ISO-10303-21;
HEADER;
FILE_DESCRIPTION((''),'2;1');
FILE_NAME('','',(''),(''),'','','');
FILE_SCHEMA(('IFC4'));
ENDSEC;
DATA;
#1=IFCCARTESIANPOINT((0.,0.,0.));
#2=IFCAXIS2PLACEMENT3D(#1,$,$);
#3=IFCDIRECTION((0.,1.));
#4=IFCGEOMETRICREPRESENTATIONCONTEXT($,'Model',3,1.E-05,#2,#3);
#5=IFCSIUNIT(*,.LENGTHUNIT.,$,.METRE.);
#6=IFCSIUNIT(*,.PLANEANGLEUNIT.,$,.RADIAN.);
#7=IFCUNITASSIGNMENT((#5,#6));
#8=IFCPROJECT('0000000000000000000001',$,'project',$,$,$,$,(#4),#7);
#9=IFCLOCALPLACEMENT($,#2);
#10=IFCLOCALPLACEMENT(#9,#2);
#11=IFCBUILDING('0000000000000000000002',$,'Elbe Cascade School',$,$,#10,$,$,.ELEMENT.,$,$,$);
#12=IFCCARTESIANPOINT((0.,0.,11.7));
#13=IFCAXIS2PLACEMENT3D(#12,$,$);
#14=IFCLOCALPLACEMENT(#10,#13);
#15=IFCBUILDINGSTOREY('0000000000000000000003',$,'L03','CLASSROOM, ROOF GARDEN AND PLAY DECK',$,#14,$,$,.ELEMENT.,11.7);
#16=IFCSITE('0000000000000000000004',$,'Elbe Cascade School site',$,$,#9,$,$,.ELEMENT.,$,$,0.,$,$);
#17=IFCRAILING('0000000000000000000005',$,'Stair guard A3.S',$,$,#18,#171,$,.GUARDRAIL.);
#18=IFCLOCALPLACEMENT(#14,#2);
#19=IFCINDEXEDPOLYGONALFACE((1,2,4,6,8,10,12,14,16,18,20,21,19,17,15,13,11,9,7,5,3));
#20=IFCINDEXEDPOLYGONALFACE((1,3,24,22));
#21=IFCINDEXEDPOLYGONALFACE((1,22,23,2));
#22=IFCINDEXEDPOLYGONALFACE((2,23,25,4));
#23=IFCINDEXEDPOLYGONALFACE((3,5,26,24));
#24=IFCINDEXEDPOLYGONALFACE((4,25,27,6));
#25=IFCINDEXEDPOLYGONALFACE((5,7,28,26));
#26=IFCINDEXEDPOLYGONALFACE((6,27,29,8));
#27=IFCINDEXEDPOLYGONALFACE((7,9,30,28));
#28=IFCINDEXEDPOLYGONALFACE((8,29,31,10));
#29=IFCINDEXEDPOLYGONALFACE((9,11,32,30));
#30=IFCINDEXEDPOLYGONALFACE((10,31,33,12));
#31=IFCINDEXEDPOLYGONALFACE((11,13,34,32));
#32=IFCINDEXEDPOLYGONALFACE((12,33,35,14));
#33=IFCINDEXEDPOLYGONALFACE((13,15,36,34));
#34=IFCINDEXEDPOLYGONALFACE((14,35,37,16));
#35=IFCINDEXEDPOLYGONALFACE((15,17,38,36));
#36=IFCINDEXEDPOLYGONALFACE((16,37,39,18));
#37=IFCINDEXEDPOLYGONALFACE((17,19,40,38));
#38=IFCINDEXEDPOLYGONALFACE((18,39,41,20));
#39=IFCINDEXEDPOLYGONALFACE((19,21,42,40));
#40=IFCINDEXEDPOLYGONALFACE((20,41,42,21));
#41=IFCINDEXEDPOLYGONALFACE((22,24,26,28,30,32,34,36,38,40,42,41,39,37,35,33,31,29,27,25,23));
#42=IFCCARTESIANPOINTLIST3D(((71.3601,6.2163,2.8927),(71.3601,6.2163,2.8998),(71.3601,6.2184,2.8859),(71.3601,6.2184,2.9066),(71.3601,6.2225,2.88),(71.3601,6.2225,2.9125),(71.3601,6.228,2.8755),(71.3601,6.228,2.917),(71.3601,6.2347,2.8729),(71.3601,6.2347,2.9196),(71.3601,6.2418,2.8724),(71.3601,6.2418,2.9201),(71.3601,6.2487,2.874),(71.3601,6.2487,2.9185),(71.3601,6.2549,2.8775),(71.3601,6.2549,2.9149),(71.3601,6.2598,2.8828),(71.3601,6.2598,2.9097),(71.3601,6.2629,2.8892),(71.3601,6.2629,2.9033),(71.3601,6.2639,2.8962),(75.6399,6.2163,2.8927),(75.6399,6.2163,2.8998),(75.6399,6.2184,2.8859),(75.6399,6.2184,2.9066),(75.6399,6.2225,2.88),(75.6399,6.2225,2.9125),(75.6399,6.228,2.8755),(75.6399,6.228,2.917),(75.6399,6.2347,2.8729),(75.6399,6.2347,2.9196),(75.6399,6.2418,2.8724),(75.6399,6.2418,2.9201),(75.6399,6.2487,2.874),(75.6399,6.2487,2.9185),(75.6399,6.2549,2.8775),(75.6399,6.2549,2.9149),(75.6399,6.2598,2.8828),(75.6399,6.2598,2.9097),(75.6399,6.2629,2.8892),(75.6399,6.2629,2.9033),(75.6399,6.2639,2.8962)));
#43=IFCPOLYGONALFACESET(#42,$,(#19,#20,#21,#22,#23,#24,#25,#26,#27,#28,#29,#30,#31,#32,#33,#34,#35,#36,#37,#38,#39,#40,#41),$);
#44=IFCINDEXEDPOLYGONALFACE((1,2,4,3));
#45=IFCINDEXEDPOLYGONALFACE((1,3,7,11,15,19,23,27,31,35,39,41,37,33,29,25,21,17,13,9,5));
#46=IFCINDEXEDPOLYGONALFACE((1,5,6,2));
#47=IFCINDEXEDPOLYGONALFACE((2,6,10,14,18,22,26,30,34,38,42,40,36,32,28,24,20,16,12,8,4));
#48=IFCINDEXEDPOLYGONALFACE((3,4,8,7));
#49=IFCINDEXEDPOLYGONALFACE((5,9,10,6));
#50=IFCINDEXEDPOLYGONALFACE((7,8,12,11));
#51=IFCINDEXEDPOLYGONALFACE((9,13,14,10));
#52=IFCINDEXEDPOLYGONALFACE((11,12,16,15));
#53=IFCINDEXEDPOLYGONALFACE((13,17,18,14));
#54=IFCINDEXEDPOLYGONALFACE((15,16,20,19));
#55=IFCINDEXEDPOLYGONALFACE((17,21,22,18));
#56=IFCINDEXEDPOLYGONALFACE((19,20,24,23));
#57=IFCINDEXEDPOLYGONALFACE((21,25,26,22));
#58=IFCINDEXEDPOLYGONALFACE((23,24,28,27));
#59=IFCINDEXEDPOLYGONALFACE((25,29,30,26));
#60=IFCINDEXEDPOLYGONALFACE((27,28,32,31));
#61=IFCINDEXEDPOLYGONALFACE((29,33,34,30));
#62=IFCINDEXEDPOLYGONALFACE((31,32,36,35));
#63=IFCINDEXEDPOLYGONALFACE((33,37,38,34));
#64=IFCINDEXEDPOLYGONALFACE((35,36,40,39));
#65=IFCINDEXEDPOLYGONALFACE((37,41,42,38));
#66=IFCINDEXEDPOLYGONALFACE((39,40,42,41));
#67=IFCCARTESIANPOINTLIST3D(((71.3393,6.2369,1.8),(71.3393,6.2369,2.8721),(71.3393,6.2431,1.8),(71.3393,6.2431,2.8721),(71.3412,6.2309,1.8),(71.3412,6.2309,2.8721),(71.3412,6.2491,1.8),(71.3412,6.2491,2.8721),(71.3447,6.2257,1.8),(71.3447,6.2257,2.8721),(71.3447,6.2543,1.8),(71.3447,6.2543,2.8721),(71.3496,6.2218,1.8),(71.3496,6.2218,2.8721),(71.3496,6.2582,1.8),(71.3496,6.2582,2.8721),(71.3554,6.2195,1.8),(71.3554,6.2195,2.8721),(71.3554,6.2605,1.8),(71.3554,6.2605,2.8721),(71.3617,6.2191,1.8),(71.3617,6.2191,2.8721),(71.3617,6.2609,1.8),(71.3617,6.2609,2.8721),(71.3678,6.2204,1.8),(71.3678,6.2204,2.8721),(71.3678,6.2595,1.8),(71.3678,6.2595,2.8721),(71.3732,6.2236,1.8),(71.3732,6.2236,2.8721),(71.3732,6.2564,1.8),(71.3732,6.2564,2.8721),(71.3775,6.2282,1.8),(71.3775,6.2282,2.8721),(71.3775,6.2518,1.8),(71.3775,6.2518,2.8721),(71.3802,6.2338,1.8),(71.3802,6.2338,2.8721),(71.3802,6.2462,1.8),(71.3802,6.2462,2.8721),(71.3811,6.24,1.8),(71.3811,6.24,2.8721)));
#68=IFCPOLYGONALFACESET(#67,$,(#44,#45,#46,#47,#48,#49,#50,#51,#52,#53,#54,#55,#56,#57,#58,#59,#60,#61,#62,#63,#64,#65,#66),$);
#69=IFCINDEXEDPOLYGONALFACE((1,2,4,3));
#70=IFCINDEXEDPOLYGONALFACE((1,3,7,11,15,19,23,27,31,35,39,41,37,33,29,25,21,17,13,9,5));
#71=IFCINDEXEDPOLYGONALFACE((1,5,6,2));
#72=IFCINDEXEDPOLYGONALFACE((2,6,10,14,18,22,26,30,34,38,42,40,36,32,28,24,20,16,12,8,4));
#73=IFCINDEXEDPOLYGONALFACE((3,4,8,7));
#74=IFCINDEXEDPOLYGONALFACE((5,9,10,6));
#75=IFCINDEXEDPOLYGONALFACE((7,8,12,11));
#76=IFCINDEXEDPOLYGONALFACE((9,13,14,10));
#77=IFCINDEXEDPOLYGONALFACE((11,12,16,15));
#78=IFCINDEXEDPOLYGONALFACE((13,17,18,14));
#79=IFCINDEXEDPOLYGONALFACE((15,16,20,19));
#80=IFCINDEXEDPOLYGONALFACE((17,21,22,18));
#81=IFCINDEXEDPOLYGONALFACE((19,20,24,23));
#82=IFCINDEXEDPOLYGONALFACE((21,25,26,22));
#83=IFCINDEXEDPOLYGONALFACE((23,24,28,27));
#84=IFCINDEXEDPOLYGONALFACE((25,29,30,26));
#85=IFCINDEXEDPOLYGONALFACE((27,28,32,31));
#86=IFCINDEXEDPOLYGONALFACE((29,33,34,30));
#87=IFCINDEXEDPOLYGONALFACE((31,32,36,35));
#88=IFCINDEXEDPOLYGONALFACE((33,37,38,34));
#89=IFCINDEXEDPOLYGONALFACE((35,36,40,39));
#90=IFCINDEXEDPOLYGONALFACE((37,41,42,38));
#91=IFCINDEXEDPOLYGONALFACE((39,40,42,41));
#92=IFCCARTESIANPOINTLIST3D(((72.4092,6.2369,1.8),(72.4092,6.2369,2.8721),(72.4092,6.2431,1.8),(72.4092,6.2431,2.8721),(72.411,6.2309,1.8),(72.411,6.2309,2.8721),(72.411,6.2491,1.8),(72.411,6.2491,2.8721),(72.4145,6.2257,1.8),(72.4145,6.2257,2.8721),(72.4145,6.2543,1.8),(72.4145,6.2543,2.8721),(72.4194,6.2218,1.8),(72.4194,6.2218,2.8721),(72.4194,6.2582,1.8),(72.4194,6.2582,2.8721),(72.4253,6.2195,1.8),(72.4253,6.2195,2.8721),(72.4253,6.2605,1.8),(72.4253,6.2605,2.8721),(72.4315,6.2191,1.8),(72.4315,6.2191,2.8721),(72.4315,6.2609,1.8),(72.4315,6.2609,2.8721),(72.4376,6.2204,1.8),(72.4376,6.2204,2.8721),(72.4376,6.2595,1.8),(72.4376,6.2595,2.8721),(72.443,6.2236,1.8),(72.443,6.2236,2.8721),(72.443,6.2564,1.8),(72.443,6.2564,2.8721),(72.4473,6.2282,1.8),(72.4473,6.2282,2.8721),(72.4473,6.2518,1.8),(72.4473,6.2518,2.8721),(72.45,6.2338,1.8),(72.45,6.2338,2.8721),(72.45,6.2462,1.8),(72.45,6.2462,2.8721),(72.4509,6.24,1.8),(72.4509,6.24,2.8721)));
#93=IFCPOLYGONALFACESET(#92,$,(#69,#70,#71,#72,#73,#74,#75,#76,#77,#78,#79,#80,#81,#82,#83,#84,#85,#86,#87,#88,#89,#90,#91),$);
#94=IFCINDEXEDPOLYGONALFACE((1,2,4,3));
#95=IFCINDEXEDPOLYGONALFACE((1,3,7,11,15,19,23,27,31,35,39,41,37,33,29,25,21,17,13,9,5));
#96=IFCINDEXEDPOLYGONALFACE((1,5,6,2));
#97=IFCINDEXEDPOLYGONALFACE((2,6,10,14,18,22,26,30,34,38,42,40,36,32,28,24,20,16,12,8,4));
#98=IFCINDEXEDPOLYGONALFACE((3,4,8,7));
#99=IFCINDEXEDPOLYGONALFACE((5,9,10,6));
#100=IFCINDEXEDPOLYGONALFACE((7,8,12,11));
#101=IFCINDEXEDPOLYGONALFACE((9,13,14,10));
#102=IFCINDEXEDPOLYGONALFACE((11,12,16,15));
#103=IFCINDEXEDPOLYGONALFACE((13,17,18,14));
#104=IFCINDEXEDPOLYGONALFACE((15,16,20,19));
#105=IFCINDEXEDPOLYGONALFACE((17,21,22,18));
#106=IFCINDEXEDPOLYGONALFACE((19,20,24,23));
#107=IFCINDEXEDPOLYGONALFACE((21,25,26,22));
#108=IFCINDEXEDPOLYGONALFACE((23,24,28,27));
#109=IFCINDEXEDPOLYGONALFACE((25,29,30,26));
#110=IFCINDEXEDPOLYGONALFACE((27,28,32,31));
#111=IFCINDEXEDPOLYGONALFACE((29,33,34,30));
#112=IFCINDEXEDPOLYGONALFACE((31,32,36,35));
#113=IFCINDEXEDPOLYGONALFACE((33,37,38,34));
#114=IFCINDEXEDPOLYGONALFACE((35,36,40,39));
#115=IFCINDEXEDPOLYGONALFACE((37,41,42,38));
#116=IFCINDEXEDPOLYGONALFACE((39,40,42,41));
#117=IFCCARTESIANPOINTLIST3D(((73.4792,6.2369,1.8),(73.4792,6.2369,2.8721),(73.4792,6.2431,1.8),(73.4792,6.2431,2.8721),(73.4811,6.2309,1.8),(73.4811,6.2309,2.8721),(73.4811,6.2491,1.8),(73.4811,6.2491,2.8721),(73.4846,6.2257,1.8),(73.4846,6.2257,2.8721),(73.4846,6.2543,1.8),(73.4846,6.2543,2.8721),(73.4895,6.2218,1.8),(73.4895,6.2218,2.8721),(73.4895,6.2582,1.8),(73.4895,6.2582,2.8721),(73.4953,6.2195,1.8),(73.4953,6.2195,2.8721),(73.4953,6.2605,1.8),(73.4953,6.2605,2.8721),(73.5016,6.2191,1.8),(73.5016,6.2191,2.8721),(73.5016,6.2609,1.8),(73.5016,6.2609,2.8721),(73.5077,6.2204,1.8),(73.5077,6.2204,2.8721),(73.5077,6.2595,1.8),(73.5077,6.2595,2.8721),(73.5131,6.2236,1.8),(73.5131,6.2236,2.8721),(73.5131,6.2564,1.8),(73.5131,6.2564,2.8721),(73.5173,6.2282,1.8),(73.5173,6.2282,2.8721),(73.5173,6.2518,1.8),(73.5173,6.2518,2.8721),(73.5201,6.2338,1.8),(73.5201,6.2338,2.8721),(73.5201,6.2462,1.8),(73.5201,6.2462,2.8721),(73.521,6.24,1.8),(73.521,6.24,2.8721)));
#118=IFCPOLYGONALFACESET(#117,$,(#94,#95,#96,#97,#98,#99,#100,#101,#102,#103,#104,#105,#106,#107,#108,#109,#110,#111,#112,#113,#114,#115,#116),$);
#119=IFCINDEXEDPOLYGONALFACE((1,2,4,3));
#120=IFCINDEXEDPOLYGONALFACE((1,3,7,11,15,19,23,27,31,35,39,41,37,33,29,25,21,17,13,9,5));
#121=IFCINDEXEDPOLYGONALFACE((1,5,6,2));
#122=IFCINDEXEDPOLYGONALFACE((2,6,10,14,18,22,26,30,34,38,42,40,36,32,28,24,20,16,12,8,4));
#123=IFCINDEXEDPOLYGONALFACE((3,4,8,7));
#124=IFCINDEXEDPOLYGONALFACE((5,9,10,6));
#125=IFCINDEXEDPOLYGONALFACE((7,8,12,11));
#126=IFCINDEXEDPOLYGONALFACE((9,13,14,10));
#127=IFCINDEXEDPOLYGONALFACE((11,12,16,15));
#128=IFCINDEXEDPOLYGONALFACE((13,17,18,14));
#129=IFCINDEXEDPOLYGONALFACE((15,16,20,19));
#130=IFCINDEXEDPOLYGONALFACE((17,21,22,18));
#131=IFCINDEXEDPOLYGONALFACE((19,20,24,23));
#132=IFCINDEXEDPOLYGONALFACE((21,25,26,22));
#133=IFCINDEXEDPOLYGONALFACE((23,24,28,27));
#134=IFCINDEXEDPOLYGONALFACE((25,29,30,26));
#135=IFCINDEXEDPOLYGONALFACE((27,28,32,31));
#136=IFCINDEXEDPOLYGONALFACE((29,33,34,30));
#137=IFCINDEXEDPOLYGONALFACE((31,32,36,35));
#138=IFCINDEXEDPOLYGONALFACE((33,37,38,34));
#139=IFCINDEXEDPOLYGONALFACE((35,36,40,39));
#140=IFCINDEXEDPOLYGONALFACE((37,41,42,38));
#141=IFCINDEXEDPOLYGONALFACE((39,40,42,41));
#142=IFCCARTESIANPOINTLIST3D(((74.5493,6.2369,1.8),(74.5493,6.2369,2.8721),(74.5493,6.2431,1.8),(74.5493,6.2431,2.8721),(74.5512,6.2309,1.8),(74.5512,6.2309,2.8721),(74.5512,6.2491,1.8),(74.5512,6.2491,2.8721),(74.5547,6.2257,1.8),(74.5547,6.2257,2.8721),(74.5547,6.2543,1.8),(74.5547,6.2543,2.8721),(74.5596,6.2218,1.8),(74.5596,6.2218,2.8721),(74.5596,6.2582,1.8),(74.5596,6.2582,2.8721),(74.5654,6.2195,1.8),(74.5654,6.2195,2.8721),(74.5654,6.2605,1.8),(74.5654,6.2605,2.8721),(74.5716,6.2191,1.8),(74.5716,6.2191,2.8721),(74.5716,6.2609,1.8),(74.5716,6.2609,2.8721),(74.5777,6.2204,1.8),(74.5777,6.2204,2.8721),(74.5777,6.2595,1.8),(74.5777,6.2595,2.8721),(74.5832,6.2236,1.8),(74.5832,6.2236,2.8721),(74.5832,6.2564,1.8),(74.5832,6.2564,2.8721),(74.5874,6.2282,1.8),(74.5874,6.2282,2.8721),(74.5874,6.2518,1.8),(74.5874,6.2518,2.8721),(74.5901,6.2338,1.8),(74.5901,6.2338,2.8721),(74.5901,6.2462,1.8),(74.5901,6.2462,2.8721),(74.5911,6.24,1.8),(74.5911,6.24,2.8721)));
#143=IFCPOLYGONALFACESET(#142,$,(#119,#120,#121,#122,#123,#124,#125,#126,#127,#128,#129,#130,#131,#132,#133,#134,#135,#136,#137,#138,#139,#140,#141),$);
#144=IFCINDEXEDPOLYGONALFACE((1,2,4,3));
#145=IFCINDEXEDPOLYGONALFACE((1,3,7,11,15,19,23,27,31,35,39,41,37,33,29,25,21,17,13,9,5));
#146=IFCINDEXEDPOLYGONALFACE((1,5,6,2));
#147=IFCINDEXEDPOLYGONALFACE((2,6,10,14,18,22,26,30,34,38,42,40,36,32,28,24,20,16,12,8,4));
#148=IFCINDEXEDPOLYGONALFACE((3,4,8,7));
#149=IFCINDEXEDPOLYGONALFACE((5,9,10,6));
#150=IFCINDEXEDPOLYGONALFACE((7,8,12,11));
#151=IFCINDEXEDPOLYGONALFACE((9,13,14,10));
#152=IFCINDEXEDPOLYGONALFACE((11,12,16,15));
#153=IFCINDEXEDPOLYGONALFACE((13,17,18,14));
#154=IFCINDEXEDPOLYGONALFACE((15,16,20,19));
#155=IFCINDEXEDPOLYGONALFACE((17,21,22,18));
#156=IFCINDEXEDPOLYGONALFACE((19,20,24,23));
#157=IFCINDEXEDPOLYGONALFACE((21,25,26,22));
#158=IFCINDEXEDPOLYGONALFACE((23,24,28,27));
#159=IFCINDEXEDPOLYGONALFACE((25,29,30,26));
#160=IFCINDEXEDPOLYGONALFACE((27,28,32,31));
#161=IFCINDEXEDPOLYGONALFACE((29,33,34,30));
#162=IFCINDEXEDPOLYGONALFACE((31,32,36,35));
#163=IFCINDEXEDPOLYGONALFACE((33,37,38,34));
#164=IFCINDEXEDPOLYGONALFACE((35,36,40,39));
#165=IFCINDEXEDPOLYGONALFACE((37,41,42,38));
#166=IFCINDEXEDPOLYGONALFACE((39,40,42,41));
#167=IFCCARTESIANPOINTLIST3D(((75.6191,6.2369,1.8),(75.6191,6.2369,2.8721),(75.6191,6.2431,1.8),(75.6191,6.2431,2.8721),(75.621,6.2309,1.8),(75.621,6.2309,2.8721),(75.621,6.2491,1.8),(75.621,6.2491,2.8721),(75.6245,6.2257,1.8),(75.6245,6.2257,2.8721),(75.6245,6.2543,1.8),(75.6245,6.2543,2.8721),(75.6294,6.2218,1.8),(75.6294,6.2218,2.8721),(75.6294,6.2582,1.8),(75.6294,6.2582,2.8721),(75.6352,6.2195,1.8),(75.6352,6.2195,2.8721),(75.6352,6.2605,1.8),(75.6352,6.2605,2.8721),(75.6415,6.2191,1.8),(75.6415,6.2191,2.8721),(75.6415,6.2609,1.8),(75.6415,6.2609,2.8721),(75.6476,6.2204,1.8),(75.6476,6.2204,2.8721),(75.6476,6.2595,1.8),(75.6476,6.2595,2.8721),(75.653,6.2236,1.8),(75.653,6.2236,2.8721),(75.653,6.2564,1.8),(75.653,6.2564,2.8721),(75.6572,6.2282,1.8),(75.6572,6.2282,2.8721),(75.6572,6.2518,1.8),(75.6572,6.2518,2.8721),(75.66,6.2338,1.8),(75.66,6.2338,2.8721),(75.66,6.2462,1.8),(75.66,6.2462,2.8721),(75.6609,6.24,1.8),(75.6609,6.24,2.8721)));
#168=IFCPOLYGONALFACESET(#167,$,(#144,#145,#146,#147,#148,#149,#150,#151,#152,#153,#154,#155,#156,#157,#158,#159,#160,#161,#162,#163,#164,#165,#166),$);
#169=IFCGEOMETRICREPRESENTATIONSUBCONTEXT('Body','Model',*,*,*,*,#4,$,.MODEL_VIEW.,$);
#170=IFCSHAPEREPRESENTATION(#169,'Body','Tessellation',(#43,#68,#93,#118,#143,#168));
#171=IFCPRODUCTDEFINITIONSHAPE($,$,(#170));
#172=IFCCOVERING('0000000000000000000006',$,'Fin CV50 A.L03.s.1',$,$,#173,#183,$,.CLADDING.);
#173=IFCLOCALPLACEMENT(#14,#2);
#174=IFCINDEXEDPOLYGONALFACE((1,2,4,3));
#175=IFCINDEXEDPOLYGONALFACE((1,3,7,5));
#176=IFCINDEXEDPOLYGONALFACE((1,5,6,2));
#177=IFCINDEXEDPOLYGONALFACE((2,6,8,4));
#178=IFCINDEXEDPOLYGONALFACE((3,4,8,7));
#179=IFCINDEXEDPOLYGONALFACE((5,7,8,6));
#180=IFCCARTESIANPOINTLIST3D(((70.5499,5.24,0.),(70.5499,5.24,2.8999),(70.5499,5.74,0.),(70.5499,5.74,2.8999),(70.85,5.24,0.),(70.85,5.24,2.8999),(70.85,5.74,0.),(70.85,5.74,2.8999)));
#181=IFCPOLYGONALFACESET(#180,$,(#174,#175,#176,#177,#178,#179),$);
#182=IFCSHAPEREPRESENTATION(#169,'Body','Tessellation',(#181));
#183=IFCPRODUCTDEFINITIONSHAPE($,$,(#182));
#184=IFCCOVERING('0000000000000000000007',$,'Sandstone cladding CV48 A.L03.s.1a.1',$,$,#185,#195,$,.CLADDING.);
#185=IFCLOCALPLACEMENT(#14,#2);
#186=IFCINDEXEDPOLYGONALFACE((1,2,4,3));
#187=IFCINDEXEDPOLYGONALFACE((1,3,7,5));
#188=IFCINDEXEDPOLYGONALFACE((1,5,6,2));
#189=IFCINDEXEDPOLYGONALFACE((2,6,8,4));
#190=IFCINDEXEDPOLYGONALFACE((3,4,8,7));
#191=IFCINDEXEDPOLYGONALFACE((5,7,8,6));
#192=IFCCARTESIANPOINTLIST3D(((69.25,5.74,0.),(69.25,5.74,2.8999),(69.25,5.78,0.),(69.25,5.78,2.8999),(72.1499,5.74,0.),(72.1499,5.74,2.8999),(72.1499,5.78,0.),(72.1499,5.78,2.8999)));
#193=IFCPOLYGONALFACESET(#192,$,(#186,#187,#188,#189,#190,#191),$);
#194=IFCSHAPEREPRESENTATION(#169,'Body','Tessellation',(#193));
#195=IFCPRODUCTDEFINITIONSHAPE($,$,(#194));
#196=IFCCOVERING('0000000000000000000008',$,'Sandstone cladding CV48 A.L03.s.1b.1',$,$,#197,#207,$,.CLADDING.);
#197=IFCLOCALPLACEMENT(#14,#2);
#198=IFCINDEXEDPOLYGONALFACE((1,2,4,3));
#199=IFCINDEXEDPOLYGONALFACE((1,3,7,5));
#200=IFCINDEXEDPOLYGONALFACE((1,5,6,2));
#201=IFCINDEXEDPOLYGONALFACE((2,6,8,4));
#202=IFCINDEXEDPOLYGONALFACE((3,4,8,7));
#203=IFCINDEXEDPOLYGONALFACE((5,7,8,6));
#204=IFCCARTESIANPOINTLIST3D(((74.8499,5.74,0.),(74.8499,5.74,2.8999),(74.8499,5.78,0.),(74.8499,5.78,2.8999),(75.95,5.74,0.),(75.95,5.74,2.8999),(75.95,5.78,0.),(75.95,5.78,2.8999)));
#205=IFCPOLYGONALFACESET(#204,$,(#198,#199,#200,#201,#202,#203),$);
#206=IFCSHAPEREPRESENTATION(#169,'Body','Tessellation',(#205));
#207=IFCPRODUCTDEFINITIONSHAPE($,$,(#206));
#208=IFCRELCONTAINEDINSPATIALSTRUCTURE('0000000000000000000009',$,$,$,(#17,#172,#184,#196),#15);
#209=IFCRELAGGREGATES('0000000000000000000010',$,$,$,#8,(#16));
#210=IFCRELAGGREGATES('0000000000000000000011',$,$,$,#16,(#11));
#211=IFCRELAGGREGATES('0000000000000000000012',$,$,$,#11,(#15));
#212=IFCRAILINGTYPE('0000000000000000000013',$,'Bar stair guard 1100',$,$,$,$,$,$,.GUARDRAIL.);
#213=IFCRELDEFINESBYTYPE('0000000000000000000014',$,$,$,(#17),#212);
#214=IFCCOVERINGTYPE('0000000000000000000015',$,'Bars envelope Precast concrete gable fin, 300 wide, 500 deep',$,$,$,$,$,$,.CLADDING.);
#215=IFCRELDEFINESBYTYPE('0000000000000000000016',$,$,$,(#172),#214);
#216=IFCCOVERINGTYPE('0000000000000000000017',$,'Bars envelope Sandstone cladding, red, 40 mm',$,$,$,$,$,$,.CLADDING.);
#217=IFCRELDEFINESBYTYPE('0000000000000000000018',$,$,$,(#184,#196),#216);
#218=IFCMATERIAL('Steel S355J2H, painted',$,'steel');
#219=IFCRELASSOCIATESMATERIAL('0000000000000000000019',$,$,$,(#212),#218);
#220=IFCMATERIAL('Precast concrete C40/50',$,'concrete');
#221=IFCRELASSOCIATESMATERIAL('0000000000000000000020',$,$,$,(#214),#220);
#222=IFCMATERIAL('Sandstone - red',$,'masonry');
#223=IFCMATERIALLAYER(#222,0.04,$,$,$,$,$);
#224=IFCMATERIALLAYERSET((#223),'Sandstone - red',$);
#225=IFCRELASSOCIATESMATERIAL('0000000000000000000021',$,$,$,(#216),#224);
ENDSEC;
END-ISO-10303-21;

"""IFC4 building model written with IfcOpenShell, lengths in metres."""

from ifc_helpers import new_model, si_unit, direction, frame, origin, origin_2d, place, context, subcontext, project, spatial, rectangle, circle, extrude, material, layer, layer_set, type_object, element, save


model = new_model("IFC4")

# Units and contexts
model_context = context("Model", 3, precision=1e-05, world=origin(), true_north=direction((0.0, 1.0)))
body_context = subcontext(model_context, "Body", "Model", "MODEL_VIEW")
ifc_project = project(units=[si_unit("LENGTHUNIT", "METRE"), si_unit("PLANEANGLEUNIT", "RADIAN")], contexts=[model_context])

# Site, building, storey
site_placement = place(None, origin())
site = spatial("IfcSite", under=ifc_project, at=site_placement, Name="Elbe Cascade School site", CompositionType="ELEMENT", RefElevation=0.0)
building_placement = place(site_placement, origin())
building = spatial("IfcBuilding", under=site, at=building_placement, Name="Elbe Cascade School", CompositionType="ELEMENT")
storey_placement = place(building_placement, frame((0.0, 0.0, 11.7)))
storey = spatial("IfcBuildingStorey", under=building, at=storey_placement, Name="L03", Description="CLASSROOM, ROOF GARDEN AND PLAY DECK", CompositionType="ELEMENT", Elevation=11.7)

# Railing
ifc_material_1 = material(Name="Steel S355J2H, painted", Category="steel")
railing_type = type_object("IfcRailingType", Name="Bar stair guard 1100", PredefinedType="GUARDRAIL", material=ifc_material_1)
railing_placement = place(storey_placement, frame((71.3601, 6.24, 1.8)))
element("IfcRailing", 1, at=railing_placement, inside=storey, type_object=railing_type, Name="Stair guard A3.S", PredefinedType="GUARDRAIL", context=body_context, shape_type="SweptSolid", body=[
    extrude(circle(Radius=0.0239, at=origin_2d()), frame((0.0, 0.0, 1.0962), z_axis=(1.0, 0.0, 0.0), x_axis=(0.0, 1.0, 0.0)), (0.0, 0.0, 1.0), 4.2798),
    extrude(circle(Radius=0.021, at=origin_2d()), origin(), (0.0, 0.0, 1.0), 1.072),
    extrude(circle(Radius=0.021, at=origin_2d()), frame((1.0698, 0.0, 0.0)), (0.0, 0.0, 1.0), 1.072),
    extrude(circle(Radius=0.021, at=origin_2d()), frame((2.1399, 0.0, 0.0)), (0.0, 0.0, 1.0), 1.072),
    extrude(circle(Radius=0.021, at=origin_2d()), frame((3.21, 0.0, 0.0)), (0.0, 0.0, 1.0), 1.072),
    extrude(circle(Radius=0.021, at=origin_2d()), frame((4.2798, 0.0, 0.0)), (0.0, 0.0, 1.0), 1.072),
])

# Coverings
ifc_material_2 = material(Name="Precast concrete C40/50", Category="concrete")
covering_type_1 = type_object("IfcCoveringType", Name="Bars envelope Precast concrete gable fin, 300 wide, 500 deep", PredefinedType="CLADDING", material=ifc_material_2)
covering_1_placement = place(storey_placement, frame((70.7, 5.49, 0.0), z_axis=(0.0, 0.0, 1.0), x_axis=(1.0, 0.0, 0.0)))
element("IfcCovering", 2, at=covering_1_placement, inside=storey, type_object=covering_type_1, Name="Fin CV50 A.L03.s.1", PredefinedType="CLADDING", context=body_context, shape_type="SweptSolid", body=[
    extrude(rectangle(XDim=0.3, YDim=0.5, at=origin_2d()), origin(), (0.0, 0.0, 1.0), 2.8999),
])
ifc_material_3 = material(Name="Sandstone - red", Category="masonry")
ifc_layer_1 = layer(ifc_material_3, 0.04)
ifc_layer_set_1 = layer_set([ifc_layer_1], Name="Sandstone - red")
covering_type_2 = type_object("IfcCoveringType", Name="Bars envelope Sandstone cladding, red, 40 mm", PredefinedType="CLADDING", material=ifc_layer_set_1)
covering_2_placement = place(storey_placement, frame((70.7, 5.76, 0.0), z_axis=(0.0, 0.0, 1.0), x_axis=(1.0, 0.0, 0.0)))
element("IfcCovering", 3, at=covering_2_placement, inside=storey, type_object=covering_type_2, Name="Sandstone cladding CV48 A.L03.s.1a.1", PredefinedType="CLADDING", context=body_context, shape_type="SweptSolid", body=[
    extrude(rectangle(XDim=2.8999, YDim=0.04, at=origin_2d()), origin(), (0.0, 0.0, 1.0), 2.8999),
])
covering_3_placement = place(storey_placement, frame((75.3999, 5.76, 0.0), z_axis=(0.0, 0.0, 1.0), x_axis=(1.0, 0.0, 0.0)))
element("IfcCovering", 4, at=covering_3_placement, inside=storey, type_object=covering_type_2, Name="Sandstone cladding CV48 A.L03.s.1b.1", PredefinedType="CLADDING", context=body_context, shape_type="SweptSolid", body=[
    extrude(rectangle(XDim=1.1001, YDim=0.04, at=origin_2d()), origin(), (0.0, 0.0, 1.0), 2.8999),
])

save(model, "model.ifc")
